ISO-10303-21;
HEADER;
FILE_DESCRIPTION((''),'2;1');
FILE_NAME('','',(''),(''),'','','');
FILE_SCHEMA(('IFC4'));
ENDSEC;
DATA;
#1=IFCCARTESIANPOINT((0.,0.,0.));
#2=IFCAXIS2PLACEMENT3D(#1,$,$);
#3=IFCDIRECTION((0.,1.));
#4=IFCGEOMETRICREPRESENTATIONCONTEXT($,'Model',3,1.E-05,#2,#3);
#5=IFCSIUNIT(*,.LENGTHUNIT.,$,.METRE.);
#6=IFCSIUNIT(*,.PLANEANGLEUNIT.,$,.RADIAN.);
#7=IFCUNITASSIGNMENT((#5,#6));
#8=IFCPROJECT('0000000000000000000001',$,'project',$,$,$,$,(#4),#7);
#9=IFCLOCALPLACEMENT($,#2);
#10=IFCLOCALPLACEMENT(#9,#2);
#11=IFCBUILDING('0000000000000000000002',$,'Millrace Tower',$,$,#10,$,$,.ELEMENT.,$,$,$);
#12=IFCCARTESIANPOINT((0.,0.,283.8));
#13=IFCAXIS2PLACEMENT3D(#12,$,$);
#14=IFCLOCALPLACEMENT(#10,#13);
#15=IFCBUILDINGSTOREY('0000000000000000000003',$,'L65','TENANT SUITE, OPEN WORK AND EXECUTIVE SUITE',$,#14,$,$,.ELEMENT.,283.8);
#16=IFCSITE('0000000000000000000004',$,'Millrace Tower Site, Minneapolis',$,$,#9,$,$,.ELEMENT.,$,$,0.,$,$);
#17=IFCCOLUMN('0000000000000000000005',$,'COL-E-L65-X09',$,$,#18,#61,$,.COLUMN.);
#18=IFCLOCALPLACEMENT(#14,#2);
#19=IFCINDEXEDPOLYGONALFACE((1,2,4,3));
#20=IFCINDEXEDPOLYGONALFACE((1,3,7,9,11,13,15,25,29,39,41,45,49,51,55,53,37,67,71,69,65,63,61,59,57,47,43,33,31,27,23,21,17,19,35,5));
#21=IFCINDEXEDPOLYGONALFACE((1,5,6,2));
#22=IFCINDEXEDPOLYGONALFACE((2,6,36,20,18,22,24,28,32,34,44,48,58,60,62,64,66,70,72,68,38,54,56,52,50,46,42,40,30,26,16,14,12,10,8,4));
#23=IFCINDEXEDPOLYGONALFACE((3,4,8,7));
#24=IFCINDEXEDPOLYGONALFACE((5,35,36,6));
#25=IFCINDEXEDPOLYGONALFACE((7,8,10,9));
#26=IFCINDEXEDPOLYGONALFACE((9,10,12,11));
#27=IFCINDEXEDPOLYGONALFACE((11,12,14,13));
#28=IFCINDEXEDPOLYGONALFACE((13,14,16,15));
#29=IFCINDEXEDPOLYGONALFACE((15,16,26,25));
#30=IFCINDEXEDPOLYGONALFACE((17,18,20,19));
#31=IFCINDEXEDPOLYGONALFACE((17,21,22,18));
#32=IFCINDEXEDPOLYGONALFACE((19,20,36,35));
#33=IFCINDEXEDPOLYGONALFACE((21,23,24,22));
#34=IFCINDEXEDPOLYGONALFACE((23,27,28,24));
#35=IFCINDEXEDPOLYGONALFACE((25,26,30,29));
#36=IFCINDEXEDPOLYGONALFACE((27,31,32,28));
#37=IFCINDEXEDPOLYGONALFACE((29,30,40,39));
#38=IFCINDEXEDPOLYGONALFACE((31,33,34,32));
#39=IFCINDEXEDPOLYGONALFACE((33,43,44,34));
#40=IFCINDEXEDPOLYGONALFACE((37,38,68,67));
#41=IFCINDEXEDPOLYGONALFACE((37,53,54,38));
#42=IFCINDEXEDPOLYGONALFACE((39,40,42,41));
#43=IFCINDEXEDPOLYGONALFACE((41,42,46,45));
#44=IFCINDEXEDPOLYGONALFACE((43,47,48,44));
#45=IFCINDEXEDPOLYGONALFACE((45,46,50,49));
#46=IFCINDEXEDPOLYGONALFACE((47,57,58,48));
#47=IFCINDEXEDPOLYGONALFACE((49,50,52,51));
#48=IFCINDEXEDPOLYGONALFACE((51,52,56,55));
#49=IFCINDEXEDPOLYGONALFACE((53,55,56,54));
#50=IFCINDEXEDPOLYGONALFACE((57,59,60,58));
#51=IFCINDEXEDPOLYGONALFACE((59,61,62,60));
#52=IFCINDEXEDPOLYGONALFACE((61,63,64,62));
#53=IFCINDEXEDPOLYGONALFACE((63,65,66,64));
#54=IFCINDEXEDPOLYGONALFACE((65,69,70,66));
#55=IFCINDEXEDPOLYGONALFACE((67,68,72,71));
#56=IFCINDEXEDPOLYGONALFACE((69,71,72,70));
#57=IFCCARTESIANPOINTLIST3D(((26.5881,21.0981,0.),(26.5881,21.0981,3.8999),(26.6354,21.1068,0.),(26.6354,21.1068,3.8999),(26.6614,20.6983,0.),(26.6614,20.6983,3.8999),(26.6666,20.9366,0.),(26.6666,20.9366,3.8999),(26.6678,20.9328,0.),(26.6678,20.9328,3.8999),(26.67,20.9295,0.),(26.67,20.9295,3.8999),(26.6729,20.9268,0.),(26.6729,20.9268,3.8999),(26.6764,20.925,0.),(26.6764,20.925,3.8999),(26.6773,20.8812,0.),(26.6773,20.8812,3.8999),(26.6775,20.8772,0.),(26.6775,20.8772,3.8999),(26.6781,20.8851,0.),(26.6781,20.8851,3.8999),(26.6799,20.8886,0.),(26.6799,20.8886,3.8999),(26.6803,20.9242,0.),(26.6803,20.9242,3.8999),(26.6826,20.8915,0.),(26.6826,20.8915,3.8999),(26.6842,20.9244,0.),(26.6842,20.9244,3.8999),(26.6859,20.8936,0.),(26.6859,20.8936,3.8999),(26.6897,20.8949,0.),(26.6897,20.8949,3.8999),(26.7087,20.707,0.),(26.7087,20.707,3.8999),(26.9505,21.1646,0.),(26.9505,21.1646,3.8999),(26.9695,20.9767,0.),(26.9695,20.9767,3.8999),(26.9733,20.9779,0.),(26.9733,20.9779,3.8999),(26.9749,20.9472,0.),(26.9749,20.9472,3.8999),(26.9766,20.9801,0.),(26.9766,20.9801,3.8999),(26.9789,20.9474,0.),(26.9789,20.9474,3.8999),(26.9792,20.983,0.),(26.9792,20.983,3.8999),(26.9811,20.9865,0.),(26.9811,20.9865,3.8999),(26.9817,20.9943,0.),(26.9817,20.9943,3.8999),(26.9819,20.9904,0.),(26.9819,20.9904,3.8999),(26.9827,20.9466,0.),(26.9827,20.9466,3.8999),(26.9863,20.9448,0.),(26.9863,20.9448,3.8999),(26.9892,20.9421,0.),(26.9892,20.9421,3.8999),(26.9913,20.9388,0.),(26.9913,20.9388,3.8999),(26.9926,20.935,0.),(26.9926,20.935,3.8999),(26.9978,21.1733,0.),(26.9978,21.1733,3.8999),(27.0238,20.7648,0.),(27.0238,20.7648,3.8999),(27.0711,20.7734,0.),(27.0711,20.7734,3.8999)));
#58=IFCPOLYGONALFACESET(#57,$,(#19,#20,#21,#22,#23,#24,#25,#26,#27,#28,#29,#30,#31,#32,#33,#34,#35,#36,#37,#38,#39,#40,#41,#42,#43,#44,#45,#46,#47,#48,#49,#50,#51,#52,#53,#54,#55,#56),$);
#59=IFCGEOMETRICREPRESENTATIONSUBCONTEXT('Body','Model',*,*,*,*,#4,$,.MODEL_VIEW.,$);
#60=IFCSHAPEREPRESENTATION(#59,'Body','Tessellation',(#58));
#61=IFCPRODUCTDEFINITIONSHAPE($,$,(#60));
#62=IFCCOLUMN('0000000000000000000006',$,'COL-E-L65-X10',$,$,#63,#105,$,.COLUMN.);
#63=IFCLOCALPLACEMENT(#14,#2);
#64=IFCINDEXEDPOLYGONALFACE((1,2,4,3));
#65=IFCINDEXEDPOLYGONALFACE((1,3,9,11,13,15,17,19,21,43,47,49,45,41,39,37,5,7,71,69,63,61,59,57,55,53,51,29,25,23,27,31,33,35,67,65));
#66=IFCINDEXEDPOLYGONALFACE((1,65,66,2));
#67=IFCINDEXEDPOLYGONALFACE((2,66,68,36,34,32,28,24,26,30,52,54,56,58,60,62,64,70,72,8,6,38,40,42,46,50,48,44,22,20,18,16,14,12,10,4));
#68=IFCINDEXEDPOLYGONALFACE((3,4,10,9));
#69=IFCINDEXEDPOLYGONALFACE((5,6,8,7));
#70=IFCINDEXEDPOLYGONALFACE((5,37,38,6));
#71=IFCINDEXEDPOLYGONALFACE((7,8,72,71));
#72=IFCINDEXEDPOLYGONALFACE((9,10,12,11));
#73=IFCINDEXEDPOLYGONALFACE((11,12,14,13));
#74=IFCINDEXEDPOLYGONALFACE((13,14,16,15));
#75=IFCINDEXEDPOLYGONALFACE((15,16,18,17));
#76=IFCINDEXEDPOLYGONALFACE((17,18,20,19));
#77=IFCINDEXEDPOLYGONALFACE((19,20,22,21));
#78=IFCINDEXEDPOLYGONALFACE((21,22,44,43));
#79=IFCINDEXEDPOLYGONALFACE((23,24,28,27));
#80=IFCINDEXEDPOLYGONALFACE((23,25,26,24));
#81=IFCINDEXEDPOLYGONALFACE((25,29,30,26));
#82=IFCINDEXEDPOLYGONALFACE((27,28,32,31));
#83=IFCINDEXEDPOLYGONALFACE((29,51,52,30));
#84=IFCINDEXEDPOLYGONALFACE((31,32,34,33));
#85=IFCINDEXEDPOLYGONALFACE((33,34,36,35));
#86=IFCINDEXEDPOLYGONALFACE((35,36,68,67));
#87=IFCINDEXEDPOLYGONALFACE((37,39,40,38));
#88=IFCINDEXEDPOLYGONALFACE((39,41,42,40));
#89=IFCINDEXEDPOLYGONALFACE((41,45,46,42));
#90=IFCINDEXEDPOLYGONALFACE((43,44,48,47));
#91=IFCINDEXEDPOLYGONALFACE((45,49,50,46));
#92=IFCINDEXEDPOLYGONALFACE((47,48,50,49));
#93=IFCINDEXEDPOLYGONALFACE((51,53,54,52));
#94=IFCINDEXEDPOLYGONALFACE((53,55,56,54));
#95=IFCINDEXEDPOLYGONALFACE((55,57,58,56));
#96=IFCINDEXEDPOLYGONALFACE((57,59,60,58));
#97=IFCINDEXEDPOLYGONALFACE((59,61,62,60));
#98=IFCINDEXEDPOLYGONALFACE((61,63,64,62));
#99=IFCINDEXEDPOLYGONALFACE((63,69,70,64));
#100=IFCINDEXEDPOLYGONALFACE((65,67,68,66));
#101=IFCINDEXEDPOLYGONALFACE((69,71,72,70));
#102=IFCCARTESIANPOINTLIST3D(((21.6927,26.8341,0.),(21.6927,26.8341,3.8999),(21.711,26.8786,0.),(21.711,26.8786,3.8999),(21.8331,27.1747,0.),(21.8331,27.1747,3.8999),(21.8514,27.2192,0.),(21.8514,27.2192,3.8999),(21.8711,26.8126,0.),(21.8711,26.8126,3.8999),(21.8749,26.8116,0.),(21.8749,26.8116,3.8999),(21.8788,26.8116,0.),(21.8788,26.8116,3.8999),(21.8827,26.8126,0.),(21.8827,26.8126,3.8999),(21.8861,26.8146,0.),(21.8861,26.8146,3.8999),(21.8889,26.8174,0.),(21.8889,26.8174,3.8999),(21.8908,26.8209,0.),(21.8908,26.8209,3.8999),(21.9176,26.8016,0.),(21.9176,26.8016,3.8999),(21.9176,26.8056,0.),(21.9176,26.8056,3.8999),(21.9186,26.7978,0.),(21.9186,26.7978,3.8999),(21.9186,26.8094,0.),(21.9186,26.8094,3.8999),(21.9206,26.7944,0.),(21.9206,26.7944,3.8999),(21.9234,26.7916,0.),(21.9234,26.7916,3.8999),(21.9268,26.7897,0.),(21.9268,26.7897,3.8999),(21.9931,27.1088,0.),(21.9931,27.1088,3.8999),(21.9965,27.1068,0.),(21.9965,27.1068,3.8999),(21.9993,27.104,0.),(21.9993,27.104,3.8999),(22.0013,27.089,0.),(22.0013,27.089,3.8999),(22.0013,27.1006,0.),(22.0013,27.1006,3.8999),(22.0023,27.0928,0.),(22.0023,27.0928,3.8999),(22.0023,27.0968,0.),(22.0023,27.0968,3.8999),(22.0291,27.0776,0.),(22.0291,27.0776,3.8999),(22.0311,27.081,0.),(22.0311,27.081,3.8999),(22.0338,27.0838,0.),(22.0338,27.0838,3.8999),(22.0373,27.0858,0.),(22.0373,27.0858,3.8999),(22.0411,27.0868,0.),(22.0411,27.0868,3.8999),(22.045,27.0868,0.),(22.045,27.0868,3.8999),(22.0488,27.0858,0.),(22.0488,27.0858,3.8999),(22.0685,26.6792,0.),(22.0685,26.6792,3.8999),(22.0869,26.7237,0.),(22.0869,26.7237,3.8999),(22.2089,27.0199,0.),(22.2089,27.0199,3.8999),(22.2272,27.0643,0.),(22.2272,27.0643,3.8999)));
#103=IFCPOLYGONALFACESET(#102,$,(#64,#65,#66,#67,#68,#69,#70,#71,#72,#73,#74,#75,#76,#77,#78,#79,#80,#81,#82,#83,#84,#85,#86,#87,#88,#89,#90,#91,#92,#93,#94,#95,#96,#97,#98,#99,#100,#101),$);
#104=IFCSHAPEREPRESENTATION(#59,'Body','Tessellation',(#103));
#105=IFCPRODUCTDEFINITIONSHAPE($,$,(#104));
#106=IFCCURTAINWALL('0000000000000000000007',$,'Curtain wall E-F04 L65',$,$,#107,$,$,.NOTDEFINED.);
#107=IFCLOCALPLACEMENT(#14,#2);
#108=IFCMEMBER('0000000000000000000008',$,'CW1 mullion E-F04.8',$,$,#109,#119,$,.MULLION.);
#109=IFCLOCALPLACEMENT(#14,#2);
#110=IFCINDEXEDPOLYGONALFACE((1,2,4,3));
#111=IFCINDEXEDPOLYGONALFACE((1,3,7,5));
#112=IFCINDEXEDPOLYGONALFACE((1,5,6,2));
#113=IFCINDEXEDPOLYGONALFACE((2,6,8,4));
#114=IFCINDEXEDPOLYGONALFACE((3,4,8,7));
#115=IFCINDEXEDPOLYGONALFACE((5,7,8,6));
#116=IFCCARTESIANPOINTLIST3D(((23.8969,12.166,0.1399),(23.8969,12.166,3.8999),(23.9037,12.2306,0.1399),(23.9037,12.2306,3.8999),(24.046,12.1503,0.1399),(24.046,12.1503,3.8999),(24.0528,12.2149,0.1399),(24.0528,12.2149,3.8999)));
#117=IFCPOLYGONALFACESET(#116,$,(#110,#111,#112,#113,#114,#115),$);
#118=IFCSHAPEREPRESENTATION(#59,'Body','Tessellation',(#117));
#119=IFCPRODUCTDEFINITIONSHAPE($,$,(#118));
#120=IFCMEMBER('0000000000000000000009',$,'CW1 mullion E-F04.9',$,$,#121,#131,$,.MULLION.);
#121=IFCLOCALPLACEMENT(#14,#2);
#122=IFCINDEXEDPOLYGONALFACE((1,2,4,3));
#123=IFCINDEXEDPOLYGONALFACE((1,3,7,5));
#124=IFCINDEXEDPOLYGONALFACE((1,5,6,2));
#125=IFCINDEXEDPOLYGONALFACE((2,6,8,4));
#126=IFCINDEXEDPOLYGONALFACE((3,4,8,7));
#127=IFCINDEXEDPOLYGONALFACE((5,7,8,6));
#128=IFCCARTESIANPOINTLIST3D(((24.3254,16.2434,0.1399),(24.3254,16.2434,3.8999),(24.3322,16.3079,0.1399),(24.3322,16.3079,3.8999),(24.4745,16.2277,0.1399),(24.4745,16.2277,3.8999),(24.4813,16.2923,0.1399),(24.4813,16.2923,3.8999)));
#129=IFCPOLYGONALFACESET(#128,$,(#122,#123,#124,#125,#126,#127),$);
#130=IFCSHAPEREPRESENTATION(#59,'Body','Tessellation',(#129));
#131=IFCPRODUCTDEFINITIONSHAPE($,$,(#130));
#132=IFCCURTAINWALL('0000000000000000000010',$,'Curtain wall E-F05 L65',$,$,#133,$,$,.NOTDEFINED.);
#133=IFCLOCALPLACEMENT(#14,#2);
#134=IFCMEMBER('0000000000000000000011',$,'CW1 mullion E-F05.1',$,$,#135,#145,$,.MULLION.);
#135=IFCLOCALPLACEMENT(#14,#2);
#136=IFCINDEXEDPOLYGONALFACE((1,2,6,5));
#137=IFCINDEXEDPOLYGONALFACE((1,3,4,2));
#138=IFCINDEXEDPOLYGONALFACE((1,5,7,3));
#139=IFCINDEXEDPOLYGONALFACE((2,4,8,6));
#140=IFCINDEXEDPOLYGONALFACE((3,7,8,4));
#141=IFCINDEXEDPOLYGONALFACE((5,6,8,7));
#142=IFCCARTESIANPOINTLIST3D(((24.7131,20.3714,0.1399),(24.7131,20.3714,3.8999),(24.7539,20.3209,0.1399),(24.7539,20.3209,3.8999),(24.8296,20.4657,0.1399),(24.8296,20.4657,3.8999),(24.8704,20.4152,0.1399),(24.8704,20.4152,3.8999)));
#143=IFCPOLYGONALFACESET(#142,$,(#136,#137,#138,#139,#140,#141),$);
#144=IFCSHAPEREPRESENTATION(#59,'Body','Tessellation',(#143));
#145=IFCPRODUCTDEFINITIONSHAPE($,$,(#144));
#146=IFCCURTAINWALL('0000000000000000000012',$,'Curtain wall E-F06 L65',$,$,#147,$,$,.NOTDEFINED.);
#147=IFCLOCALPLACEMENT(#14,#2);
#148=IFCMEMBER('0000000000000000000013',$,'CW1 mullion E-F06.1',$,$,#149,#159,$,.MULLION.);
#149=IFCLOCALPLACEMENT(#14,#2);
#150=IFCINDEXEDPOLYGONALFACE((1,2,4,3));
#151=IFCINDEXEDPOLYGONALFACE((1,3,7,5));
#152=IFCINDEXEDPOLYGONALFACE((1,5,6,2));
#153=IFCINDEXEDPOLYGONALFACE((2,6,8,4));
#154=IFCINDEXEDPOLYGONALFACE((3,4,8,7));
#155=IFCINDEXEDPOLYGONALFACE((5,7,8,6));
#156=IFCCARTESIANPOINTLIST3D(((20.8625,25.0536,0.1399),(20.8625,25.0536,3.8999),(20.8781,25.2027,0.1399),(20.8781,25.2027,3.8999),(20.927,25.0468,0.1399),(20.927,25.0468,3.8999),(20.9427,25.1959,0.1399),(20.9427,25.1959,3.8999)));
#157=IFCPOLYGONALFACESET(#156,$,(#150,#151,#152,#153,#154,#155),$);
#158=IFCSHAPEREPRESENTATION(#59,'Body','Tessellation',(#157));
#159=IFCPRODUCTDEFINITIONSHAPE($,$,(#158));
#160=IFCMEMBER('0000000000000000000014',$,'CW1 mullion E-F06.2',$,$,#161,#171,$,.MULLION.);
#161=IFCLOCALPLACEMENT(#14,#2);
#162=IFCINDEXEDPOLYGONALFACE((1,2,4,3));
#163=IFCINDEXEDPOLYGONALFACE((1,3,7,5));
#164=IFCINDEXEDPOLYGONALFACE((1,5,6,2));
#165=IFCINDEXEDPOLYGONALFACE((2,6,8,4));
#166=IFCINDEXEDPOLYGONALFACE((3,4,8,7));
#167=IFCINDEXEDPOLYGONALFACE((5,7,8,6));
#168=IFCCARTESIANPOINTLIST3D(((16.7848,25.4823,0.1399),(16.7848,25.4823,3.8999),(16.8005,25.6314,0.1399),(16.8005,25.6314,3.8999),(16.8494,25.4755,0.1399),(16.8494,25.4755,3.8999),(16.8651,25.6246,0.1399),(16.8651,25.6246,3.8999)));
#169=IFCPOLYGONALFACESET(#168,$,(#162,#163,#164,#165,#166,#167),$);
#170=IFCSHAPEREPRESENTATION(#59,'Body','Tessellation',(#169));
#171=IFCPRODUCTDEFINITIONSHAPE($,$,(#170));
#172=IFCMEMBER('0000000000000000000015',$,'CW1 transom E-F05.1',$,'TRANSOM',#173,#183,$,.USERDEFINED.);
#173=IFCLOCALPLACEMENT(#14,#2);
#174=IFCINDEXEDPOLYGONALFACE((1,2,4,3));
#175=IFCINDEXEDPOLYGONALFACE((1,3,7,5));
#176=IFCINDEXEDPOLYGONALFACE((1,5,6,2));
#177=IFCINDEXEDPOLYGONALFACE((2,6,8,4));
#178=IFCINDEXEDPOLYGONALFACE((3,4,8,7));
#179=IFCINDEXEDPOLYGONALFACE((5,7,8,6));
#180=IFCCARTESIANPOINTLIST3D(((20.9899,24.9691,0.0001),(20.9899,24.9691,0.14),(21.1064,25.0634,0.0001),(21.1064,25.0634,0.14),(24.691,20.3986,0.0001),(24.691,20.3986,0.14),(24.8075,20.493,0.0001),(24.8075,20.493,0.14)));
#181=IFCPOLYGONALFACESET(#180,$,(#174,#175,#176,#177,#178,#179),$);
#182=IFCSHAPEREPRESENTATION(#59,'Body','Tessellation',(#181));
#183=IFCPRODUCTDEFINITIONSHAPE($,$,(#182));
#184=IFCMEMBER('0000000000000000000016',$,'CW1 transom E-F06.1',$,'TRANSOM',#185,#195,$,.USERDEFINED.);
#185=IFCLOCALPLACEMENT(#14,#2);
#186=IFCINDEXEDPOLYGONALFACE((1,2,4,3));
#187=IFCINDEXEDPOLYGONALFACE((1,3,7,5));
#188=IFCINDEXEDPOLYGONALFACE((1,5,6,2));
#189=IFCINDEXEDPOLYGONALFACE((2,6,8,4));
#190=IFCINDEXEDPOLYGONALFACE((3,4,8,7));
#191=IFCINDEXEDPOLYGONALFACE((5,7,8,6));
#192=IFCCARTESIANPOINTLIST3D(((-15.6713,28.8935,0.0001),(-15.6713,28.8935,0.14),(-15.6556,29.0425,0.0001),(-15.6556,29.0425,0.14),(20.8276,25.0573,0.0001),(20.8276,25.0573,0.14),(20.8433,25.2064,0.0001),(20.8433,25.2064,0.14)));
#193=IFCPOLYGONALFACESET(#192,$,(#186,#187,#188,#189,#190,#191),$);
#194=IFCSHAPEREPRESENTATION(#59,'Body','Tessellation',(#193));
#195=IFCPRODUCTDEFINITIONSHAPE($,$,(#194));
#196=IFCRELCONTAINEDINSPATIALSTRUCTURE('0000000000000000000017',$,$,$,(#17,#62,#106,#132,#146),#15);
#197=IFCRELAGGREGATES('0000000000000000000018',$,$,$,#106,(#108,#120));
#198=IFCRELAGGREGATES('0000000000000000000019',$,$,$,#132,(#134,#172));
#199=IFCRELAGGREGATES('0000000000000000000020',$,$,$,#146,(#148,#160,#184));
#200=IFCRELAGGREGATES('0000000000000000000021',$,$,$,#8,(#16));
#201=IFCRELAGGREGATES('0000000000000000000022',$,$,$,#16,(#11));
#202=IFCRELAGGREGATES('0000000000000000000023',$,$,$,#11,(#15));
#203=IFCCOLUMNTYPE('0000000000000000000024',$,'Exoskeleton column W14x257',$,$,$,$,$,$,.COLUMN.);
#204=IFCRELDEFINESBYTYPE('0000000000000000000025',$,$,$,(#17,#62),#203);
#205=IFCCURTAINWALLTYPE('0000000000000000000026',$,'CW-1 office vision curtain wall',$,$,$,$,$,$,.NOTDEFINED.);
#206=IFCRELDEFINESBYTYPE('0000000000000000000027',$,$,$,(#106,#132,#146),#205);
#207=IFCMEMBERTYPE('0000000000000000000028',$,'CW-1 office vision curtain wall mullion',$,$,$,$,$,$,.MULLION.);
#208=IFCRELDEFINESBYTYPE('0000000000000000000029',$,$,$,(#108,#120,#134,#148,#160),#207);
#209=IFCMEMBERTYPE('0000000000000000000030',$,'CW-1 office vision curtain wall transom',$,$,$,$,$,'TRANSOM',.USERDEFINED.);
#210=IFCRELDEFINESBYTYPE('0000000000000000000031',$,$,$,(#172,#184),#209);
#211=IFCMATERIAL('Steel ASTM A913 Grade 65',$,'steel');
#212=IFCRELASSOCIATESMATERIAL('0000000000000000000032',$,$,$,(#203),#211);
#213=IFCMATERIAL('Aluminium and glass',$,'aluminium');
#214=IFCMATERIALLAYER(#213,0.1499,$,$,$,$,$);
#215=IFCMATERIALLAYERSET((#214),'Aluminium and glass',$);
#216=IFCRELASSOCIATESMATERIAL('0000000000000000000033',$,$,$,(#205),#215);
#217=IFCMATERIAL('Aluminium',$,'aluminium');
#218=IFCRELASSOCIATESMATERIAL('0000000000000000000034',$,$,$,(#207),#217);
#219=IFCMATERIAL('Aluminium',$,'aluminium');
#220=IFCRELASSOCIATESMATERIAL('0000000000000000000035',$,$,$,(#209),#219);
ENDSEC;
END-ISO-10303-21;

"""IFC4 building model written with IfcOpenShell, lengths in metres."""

from ifc_helpers import new_model, si_unit, direction, frame, origin, origin_2d, place, context, subcontext, project, spatial, rectangle, i_section, extrude, material, layer, layer_set, material_profile, profile_set, type_object, element, aggregate, save


model = new_model("IFC4")

# Units and contexts
model_context = context("Model", 3, precision=1e-05, world=origin(), true_north=direction((0.0, 1.0)))
body_context = subcontext(model_context, "Body", "Model", "MODEL_VIEW")
ifc_project = project(units=[si_unit("LENGTHUNIT", "METRE"), si_unit("PLANEANGLEUNIT", "RADIAN")], contexts=[model_context])

# Site, building, storey
site_placement = place(None, origin())
site = spatial("IfcSite", under=ifc_project, at=site_placement, Name="Millrace Tower Site, Minneapolis", CompositionType="ELEMENT", RefElevation=0.0)
building_placement = place(site_placement, origin())
building = spatial("IfcBuilding", under=site, at=building_placement, Name="Millrace Tower", CompositionType="ELEMENT")
storey_placement = place(building_placement, frame((0.0, 0.0, 283.8)))
storey = spatial("IfcBuildingStorey", under=building, at=storey_placement, Name="L65", Description="TENANT SUITE, OPEN WORK AND EXECUTIVE SUITE", CompositionType="ELEMENT", Elevation=283.8)

# Columns
ifc_material_1 = material(Name="Steel ASTM A913 Grade 65", Category="steel")
ifc_material_profile_1 = material_profile(ifc_material_1, i_section(OverallWidth=0.4065, OverallDepth=0.4165, WebThickness=0.03, FlangeThickness=0.0481, FilletRadius=0.0151, at=origin_2d()))
ifc_profile_set_1 = profile_set([ifc_material_profile_1], Name="Steel ASTM A913 Grade 65")
column_type = type_object("IfcColumnType", Name="Exoskeleton column W14x257", PredefinedType="COLUMN", material=ifc_profile_set_1)
for number, where, z_axis, x_axis, name in (
    (1, (26.8296, 20.9358, 0.0), (0.0, 0.0, 1.0), (-0.180387, 0.983596, 0.0), "COL-E-L65-X09"),
    (2, (21.96, 26.9492, 0.0), (0.0, 0.0, 1.0), (-0.924597, 0.380947, 0.0), "COL-E-L65-X10"),
):
    element("IfcColumn", number, at=place(storey_placement, frame(where, z_axis=z_axis, x_axis=x_axis)), inside=storey, type_object=column_type, Name=name, PredefinedType="COLUMN", context=body_context, shape_type="SweptSolid", body=[
        extrude(i_section(OverallWidth=0.4065, OverallDepth=0.4165, WebThickness=0.03, FlangeThickness=0.0481, FilletRadius=0.0151, at=origin_2d()), origin(), (0.0, 0.0, 1.0), 3.8999),
    ])

# Curtain wall, members
ifc_material_2 = material(Name="Aluminium and glass", Category="aluminium")
ifc_layer_1 = layer(ifc_material_2, 0.1499)
ifc_layer_set_1 = layer_set([ifc_layer_1], Name="Aluminium and glass")
curtain_wall_type = type_object("IfcCurtainWallType", Name="CW-1 office vision curtain wall", PredefinedType="NOTDEFINED", material=ifc_layer_set_1)
placement = place(storey_placement, origin())
curtain_wall_1 = element("IfcCurtainWall", 3, at=placement, inside=storey, type_object=curtain_wall_type, Name="Curtain wall E-F04 L65", PredefinedType="NOTDEFINED")
ifc_material_3 = material(Name="Aluminium", Category="aluminium")
ifc_material_profile_2 = material_profile(ifc_material_3, rectangle(XDim=0.0649, YDim=0.1499, at=origin_2d()))
ifc_profile_set_2 = profile_set([ifc_material_profile_2], Name="Aluminium")
member_type_1 = type_object("IfcMemberType", Name="CW-1 office vision curtain wall mullion", PredefinedType="MULLION", material=ifc_profile_set_2)
member_1_placement = place(storey_placement, frame((23.9749, 12.1904, 0.1399), z_axis=(0.0, 0.0, 1.0), x_axis=(0.104528, 0.994522, 0.0)))
member_1 = element("IfcMember", 4, at=member_1_placement, type_object=member_type_1, Name="CW1 mullion E-F04.8", PredefinedType="MULLION", context=body_context, shape_type="SweptSolid", body=[
    extrude(rectangle(XDim=0.0649, YDim=0.1499, at=origin_2d()), origin(), (0.0, 0.0, 1.0), 3.76),
])
member_2_placement = place(storey_placement, frame((24.4033, 16.2678, 0.1399), z_axis=(0.0, 0.0, 1.0), x_axis=(0.104528, 0.994522, 0.0)))
member_2 = element("IfcMember", 5, at=member_2_placement, type_object=member_type_1, Name="CW1 mullion E-F04.9", PredefinedType="MULLION", context=body_context, shape_type="SweptSolid", body=[
    extrude(rectangle(XDim=0.0649, YDim=0.1499, at=origin_2d()), origin(), (0.0, 0.0, 1.0), 3.76),
])
aggregate(curtain_wall_1, [member_1, member_2])

# Curtain wall, member
curtain_wall_2 = element("IfcCurtainWall", 6, at=placement, inside=storey, type_object=curtain_wall_type, Name="Curtain wall E-F05 L65", PredefinedType="NOTDEFINED")
member_3_placement = place(storey_placement, frame((24.7917, 20.3933, 0.1399), z_axis=(0.0, 0.0, 1.0), x_axis=(-0.62932, 0.777146, 0.0)))
member_3 = element("IfcMember", 7, at=member_3_placement, type_object=member_type_1, Name="CW1 mullion E-F05.1", PredefinedType="MULLION", context=body_context, shape_type="SweptSolid", body=[
    extrude(rectangle(XDim=0.0649, YDim=0.1499, at=origin_2d()), origin(), (0.0, 0.0, 1.0), 3.76),
])

# Curtain wall, members
curtain_wall_3 = element("IfcCurtainWall", 8, at=placement, inside=storey, type_object=curtain_wall_type, Name="Curtain wall E-F06 L65", PredefinedType="NOTDEFINED")
member_4_placement = place(storey_placement, frame((20.9026, 25.1248, 0.1399), z_axis=(0.0, 0.0, 1.0), x_axis=(-0.994522, 0.104528, 0.0)))
member_4 = element("IfcMember", 9, at=member_4_placement, type_object=member_type_1, Name="CW1 mullion E-F06.1", PredefinedType="MULLION", context=body_context, shape_type="SweptSolid", body=[
    extrude(rectangle(XDim=0.0649, YDim=0.1499, at=origin_2d()), origin(), (0.0, 0.0, 1.0), 3.76),
])
member_5_placement = place(storey_placement, frame((16.825, 25.5535, 0.1399), z_axis=(0.0, 0.0, 1.0), x_axis=(-0.994522, 0.104528, 0.0)))
member_5 = element("IfcMember", 10, at=member_5_placement, type_object=member_type_1, Name="CW1 mullion E-F06.2", PredefinedType="MULLION", context=body_context, shape_type="SweptSolid", body=[
    extrude(rectangle(XDim=0.0649, YDim=0.1499, at=origin_2d()), origin(), (0.0, 0.0, 1.0), 3.76),
])

# Members
ifc_material_4 = material(Name="Aluminium", Category="aluminium")
ifc_material_profile_3 = material_profile(ifc_material_4, rectangle(XDim=0.1499, YDim=0.1399, at=origin_2d()))
ifc_profile_set_3 = profile_set([ifc_material_profile_3], Name="Aluminium")
member_type_2 = type_object("IfcMemberType", Name="CW-1 office vision curtain wall transom", ElementType="TRANSOM", PredefinedType="USERDEFINED", material=ifc_profile_set_3)
member_6_placement = place(storey_placement, frame((24.7493, 20.4458, 0.0701), z_axis=(-0.629321, 0.777145, 0.0), x_axis=(-0.777145, -0.629321, 0.0)))
member_6 = element("IfcMember", 11, at=member_6_placement, type_object=member_type_2, Name="CW1 transom E-F05.1", ObjectType="TRANSOM", PredefinedType="USERDEFINED", context=body_context, shape_type="SweptSolid", body=[
    extrude(rectangle(XDim=0.1499, YDim=0.1399, at=origin_2d()), origin(), (0.0, 0.0, 1.0), 5.8811),
])
aggregate(curtain_wall_2, [member_3, member_6])
member_7_placement = place(storey_placement, frame((20.8354, 25.1318, 0.0701), z_axis=(-0.994522, 0.104528, 0.0), x_axis=(-0.104528, -0.994522, 0.0)))
member_7 = element("IfcMember", 12, at=member_7_placement, type_object=member_type_2, Name="CW1 transom E-F06.1", ObjectType="TRANSOM", PredefinedType="USERDEFINED", context=body_context, shape_type="SweptSolid", body=[
    extrude(rectangle(XDim=0.1499, YDim=0.1399, at=origin_2d()), origin(), (0.0, 0.0, 1.0), 36.7),
])
aggregate(curtain_wall_3, [member_4, member_5, member_7])

save(model, "model.ifc")
